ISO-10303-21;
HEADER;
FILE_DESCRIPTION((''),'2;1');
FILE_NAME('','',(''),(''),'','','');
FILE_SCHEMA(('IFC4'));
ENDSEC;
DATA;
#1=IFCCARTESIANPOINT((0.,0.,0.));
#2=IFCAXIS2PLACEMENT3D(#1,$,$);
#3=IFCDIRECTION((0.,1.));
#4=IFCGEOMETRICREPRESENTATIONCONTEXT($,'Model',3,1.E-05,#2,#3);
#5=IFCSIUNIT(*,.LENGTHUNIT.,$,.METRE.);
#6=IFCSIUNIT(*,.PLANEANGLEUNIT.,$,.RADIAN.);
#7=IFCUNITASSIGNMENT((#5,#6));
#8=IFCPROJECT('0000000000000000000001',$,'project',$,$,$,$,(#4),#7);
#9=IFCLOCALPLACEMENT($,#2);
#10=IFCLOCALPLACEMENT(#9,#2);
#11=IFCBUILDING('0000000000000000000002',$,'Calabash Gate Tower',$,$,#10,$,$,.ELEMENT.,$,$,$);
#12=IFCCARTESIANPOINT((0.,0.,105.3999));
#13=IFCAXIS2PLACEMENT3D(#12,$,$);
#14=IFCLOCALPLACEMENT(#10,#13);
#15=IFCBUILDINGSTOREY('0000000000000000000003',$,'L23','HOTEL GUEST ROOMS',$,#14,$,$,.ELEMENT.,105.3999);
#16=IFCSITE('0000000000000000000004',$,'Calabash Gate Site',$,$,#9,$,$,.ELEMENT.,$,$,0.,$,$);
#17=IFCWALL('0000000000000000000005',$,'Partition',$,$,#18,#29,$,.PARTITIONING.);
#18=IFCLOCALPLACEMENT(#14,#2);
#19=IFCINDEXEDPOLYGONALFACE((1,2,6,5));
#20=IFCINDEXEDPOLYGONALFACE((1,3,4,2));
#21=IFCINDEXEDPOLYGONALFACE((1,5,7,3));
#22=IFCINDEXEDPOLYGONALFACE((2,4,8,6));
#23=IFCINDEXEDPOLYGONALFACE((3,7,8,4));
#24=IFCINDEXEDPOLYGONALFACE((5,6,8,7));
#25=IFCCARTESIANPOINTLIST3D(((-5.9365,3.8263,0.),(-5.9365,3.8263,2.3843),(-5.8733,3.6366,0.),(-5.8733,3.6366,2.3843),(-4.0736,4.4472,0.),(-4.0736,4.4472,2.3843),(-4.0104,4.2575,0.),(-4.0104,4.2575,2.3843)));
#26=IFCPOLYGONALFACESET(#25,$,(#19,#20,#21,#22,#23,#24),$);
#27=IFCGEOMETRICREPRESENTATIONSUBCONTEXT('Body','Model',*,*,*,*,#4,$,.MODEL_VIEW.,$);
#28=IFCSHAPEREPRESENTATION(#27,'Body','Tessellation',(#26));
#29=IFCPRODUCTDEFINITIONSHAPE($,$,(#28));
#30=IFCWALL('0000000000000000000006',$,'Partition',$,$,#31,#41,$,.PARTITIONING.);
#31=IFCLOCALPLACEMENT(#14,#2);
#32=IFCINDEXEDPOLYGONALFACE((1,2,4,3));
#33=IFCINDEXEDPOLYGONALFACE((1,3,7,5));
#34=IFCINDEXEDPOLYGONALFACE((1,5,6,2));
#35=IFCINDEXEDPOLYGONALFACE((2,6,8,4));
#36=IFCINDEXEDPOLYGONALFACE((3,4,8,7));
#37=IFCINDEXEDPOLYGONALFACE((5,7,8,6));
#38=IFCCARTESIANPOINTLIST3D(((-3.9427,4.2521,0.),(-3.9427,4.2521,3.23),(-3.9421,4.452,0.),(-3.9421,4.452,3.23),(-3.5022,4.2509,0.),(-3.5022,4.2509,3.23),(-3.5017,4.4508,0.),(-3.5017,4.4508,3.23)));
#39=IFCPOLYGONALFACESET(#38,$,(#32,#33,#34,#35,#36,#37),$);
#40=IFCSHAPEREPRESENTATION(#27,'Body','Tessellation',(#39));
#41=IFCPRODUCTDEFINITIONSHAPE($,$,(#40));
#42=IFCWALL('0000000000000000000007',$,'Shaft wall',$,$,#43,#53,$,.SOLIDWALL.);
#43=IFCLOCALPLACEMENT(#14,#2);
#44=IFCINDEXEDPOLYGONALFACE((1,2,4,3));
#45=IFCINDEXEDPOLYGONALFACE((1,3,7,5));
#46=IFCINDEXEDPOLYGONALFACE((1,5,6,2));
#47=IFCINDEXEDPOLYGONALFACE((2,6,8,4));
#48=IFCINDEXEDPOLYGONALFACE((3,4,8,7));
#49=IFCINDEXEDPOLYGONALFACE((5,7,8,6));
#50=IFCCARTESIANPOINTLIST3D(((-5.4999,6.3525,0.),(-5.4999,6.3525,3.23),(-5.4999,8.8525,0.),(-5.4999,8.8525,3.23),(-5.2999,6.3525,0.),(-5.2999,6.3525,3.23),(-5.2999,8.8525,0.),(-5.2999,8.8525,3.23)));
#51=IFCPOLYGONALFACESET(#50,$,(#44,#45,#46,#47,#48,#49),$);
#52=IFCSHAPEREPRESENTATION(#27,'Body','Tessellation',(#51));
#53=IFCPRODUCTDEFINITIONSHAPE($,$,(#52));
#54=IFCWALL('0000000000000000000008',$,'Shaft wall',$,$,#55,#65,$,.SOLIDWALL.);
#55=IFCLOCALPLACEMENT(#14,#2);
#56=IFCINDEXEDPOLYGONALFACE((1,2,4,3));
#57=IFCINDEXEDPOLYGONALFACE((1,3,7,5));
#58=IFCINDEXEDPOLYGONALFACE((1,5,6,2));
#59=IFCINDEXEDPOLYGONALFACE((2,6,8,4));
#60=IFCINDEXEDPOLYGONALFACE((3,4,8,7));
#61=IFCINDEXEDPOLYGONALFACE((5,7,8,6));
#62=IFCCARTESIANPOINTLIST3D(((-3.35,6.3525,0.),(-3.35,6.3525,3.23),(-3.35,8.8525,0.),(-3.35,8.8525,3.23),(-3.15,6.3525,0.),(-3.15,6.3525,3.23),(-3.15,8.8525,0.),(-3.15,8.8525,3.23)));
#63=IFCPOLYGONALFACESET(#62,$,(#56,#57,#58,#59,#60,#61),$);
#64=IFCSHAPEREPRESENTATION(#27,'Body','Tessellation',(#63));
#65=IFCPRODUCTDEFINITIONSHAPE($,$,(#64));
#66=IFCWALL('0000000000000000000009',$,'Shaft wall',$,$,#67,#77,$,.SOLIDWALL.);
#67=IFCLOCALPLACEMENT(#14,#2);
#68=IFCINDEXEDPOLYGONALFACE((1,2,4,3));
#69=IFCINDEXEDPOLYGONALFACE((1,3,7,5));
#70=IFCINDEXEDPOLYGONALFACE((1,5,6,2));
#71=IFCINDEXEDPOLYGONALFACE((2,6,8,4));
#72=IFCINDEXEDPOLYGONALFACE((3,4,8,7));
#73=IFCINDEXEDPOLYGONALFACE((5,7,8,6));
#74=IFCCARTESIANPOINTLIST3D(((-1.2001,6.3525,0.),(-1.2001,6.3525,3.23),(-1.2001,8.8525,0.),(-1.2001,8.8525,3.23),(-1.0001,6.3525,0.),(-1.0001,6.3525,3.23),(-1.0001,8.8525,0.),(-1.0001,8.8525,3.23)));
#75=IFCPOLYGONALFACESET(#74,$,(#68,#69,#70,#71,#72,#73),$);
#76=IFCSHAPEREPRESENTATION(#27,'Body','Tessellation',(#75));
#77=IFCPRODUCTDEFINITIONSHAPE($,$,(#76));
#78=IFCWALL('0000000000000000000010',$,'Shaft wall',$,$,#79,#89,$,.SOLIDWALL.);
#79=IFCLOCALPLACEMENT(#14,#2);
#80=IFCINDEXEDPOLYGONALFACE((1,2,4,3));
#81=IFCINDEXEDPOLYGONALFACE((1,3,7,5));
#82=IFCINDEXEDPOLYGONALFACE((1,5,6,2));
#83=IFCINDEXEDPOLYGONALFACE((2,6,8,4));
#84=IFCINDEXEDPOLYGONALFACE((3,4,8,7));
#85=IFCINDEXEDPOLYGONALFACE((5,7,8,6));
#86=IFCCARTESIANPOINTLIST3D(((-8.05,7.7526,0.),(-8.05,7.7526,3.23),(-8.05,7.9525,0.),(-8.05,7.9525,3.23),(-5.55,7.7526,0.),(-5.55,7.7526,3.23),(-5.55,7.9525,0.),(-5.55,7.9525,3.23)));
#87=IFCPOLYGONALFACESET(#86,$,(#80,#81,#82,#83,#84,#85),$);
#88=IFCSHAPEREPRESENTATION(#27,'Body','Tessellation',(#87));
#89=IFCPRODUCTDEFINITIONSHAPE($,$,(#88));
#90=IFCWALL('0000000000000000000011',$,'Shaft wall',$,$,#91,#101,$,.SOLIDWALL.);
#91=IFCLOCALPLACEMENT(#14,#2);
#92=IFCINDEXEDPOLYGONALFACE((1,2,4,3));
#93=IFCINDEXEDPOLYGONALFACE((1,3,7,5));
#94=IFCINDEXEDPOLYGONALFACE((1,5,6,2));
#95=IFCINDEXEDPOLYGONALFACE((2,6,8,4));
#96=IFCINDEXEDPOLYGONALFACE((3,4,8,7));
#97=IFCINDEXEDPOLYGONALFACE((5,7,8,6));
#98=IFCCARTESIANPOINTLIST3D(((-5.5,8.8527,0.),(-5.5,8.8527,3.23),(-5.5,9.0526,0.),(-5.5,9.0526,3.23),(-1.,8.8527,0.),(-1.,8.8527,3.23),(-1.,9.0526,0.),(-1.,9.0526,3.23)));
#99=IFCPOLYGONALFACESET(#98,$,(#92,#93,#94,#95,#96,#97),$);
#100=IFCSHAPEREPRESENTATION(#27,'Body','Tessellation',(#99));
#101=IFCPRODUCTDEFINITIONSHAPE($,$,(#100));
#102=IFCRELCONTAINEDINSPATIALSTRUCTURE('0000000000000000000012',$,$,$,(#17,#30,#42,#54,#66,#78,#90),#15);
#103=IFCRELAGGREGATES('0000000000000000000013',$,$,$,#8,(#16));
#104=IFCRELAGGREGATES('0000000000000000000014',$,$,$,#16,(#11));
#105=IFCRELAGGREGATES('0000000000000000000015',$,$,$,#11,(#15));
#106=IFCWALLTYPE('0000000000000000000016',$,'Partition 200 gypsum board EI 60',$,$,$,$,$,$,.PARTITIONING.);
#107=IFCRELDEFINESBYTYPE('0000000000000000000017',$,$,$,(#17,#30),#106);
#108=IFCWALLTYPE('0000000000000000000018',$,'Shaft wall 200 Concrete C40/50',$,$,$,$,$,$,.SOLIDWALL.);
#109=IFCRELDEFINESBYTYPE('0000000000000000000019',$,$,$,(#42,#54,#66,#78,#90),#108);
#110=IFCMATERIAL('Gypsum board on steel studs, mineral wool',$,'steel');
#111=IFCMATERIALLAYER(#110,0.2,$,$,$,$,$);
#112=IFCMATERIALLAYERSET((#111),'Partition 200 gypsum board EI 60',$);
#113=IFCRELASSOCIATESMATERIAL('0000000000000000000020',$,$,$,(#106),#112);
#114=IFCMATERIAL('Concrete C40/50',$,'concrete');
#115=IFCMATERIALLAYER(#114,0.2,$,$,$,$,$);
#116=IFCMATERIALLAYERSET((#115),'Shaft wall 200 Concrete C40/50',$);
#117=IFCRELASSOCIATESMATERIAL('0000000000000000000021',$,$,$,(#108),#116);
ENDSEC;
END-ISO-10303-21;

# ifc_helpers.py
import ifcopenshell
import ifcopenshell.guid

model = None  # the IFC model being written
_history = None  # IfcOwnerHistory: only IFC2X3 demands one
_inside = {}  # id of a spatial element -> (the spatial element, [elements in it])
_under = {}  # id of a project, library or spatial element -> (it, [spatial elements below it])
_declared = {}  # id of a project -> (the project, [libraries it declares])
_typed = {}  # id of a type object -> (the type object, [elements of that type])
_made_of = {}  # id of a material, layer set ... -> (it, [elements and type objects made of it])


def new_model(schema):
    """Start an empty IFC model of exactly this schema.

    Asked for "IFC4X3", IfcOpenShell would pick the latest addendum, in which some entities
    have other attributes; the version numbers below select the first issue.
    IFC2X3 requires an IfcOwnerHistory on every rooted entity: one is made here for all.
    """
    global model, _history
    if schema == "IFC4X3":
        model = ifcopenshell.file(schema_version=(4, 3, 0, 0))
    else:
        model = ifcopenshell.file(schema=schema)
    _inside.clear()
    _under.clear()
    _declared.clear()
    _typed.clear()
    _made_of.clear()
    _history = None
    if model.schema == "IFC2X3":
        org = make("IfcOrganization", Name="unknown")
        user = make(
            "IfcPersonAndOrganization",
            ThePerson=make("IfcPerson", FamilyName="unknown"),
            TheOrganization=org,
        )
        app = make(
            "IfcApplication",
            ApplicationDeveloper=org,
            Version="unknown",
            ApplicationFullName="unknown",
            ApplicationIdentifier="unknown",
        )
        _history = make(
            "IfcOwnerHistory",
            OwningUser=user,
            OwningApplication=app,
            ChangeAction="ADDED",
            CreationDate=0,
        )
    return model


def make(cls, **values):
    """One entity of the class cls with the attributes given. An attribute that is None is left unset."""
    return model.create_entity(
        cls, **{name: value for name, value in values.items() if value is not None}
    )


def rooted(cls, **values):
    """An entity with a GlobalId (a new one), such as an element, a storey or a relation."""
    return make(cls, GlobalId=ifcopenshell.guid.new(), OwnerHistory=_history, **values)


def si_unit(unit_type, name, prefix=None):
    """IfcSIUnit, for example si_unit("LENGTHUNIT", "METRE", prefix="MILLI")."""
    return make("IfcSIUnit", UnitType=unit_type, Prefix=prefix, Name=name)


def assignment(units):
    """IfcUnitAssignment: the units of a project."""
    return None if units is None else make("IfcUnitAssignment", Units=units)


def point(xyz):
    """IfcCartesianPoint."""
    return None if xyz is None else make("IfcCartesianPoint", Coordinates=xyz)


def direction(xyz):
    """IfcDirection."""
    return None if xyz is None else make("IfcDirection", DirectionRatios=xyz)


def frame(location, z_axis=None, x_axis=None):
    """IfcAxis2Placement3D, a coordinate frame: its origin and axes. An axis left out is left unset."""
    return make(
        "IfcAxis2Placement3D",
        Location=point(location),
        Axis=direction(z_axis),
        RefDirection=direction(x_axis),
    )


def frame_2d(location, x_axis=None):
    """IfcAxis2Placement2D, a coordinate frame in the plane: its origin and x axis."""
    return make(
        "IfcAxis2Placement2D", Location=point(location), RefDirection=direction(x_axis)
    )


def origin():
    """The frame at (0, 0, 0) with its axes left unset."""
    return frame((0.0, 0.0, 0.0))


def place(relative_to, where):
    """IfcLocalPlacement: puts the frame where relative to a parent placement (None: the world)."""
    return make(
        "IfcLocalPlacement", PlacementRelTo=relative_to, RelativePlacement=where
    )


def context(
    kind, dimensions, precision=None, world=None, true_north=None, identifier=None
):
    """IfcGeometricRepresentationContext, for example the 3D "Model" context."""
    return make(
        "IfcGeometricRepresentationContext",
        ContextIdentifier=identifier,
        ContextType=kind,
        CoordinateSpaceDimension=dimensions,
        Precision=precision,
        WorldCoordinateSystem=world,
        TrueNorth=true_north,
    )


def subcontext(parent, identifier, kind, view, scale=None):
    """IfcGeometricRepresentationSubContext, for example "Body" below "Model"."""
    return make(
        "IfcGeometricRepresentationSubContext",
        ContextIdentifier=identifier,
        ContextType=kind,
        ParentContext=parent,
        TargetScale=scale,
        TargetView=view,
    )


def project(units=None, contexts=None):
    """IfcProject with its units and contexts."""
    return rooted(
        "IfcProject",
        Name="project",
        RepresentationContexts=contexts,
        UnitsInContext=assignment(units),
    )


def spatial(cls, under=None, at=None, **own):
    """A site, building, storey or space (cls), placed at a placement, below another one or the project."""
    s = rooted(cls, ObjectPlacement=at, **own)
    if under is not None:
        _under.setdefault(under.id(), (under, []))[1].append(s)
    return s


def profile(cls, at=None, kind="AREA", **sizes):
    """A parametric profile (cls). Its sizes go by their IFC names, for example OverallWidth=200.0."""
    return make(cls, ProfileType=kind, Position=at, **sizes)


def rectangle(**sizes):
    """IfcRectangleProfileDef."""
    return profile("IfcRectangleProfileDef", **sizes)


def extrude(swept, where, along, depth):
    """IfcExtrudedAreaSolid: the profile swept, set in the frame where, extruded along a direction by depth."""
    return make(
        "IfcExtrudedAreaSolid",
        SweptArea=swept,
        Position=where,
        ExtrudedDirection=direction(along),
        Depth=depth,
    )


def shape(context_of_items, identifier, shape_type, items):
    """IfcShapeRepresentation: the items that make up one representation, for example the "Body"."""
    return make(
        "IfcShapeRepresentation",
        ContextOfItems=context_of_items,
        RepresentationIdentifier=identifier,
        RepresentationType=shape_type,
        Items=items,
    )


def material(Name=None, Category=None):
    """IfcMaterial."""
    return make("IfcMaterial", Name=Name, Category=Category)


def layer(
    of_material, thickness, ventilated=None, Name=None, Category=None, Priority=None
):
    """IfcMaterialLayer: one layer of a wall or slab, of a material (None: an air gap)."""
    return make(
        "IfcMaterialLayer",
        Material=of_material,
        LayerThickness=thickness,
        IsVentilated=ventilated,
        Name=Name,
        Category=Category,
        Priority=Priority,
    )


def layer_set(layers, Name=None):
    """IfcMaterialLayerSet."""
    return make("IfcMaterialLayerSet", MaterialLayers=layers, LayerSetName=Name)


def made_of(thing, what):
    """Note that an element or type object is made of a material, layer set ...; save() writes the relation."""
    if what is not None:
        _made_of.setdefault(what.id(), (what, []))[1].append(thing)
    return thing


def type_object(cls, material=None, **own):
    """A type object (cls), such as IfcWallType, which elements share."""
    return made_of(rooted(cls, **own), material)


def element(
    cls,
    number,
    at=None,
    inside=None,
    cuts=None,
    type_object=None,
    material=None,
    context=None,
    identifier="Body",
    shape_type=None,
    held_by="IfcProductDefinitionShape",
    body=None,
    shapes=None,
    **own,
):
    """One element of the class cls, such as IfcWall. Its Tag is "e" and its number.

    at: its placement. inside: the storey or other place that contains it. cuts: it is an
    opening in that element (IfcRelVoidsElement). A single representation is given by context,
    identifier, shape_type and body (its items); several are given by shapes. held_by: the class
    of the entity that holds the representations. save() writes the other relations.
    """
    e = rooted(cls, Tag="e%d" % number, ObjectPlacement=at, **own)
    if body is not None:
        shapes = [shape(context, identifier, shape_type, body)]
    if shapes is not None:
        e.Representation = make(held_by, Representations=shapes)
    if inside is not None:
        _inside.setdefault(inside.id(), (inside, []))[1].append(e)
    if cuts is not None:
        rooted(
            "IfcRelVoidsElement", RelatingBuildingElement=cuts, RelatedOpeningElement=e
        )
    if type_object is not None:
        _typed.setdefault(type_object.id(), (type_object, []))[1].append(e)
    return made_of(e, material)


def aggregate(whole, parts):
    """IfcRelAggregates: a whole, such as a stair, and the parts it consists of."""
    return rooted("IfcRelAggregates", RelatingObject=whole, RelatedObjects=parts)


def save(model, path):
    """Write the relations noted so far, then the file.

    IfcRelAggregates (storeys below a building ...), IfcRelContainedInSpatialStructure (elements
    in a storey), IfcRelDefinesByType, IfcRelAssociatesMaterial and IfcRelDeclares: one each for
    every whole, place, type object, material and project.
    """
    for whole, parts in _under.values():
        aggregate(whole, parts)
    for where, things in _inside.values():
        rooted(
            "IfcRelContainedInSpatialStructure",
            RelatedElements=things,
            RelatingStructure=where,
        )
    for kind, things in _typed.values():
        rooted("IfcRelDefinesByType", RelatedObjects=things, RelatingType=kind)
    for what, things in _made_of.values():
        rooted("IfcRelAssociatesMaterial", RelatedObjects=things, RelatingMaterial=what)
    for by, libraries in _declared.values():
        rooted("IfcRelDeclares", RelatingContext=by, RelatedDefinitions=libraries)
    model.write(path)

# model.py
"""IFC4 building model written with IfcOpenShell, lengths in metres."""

from ifc_helpers import new_model, si_unit, direction, frame, frame_2d, origin, place, context, subcontext, project, spatial, rectangle, extrude, material, layer, layer_set, type_object, element, save


model = new_model("IFC4")

# Units and contexts
model_context = context("Model", 3, precision=1e-05, world=origin(), true_north=direction((0.0, 1.0)))
body_context = subcontext(model_context, "Body", "Model", "MODEL_VIEW")
ifc_project = project(units=[si_unit("LENGTHUNIT", "METRE"), si_unit("PLANEANGLEUNIT", "RADIAN")], contexts=[model_context])

# Site, building, storey
site_placement = place(None, origin())
site = spatial("IfcSite", under=ifc_project, at=site_placement, Name="Calabash Gate Site", CompositionType="ELEMENT", RefElevation=0.0)
building_placement = place(site_placement, origin())
building = spatial("IfcBuilding", under=site, at=building_placement, Name="Calabash Gate Tower", CompositionType="ELEMENT")
storey_placement = place(building_placement, frame((0.0, 0.0, 105.3999)))
storey = spatial("IfcBuildingStorey", under=building, at=storey_placement, Name="L23", Description="HOTEL GUEST ROOMS", CompositionType="ELEMENT", Elevation=105.3999)

# Shared definitions
ifc_material_1 = material(Name="Gypsum board on steel studs, mineral wool", Category="steel")
ifc_layer_1 = layer(ifc_material_1, 0.2)
ifc_layer_set_1 = layer_set([ifc_layer_1], Name="Partition 200 gypsum board EI 60")
wall_type_1 = type_object("IfcWallType", Name="Partition 200 gypsum board EI 60", PredefinedType="PARTITIONING", material=ifc_layer_set_1)

# Walls
wall_1_placement = place(storey_placement, frame((-5.905, 3.7314, 0.0), z_axis=(0.0, 0.0, 1.0), x_axis=(0.948696, 0.31619, 0.0)))
element("IfcWall", 1, at=wall_1_placement, inside=storey, type_object=wall_type_1, Name="Partition", PredefinedType="PARTITIONING", context=body_context, shape_type="SweptSolid", body=[
    extrude(rectangle(XDim=1.9636, YDim=0.2, at=frame_2d((0.9819, 0.0))), origin(), (0.0, 0.0, 1.0), 2.3843),
])
wall_2_placement = place(storey_placement, frame((-3.9424, 4.3521, 0.0), z_axis=(0.0, 0.0, 1.0), x_axis=(0.999996, -0.002772, 0.0)))
element("IfcWall", 2, at=wall_2_placement, inside=storey, type_object=wall_type_1, Name="Partition", PredefinedType="PARTITIONING", context=body_context, shape_type="SweptSolid", body=[
    extrude(rectangle(XDim=0.4404, YDim=0.2, at=frame_2d((0.2202, 0.0))), origin(), (0.0, 0.0, 1.0), 3.23),
])
ifc_material_2 = material(Name="Concrete C40/50", Category="concrete")
ifc_layer_2 = layer(ifc_material_2, 0.2)
ifc_layer_set_2 = layer_set([ifc_layer_2], Name="Shaft wall 200 Concrete C40/50")
wall_type_2 = type_object("IfcWallType", Name="Shaft wall 200 Concrete C40/50", PredefinedType="SOLIDWALL", material=ifc_layer_set_2)
for number, where, z_axis, x_axis, name in (
    (3, (-5.3999, 6.3525, 0.0), (0.0, 0.0, 1.0), (0.0, 1.0, 0.0), "Shaft wall"),
    (4, (-3.25, 6.3525, 0.0), (0.0, 0.0, 1.0), (0.0, 1.0, 0.0), "Shaft wall"),
    (5, (-1.1001, 6.3525, 0.0), (0.0, 0.0, 1.0), (0.0, 1.0, 0.0), "Shaft wall"),
    (6, (-8.05, 7.8525, 0.0), (0.0, 0.0, 1.0), (1.0, 0.0, 0.0), "Shaft wall"),
):
    element("IfcWall", number, at=place(storey_placement, frame(where, z_axis=z_axis, x_axis=x_axis)), inside=storey, type_object=wall_type_2, Name=name, PredefinedType="SOLIDWALL", context=body_context, shape_type="SweptSolid", body=[
        extrude(rectangle(XDim=2.5, YDim=0.2, at=frame_2d((1.25, 0.0))), origin(), (0.0, 0.0, 1.0), 3.23),
    ])
wall_3_placement = place(storey_placement, frame((-5.5, 8.9526, 0.0), z_axis=(0.0, 0.0, 1.0), x_axis=(1.0, 0.0, 0.0)))
element("IfcWall", 7, at=wall_3_placement, inside=storey, type_object=wall_type_2, Name="Shaft wall", PredefinedType="SOLIDWALL", context=body_context, shape_type="SweptSolid", body=[
    extrude(rectangle(XDim=4.5, YDim=0.2, at=frame_2d((2.25, 0.0))), origin(), (0.0, 0.0, 1.0), 3.23),
])

save(model, "model.ifc")
